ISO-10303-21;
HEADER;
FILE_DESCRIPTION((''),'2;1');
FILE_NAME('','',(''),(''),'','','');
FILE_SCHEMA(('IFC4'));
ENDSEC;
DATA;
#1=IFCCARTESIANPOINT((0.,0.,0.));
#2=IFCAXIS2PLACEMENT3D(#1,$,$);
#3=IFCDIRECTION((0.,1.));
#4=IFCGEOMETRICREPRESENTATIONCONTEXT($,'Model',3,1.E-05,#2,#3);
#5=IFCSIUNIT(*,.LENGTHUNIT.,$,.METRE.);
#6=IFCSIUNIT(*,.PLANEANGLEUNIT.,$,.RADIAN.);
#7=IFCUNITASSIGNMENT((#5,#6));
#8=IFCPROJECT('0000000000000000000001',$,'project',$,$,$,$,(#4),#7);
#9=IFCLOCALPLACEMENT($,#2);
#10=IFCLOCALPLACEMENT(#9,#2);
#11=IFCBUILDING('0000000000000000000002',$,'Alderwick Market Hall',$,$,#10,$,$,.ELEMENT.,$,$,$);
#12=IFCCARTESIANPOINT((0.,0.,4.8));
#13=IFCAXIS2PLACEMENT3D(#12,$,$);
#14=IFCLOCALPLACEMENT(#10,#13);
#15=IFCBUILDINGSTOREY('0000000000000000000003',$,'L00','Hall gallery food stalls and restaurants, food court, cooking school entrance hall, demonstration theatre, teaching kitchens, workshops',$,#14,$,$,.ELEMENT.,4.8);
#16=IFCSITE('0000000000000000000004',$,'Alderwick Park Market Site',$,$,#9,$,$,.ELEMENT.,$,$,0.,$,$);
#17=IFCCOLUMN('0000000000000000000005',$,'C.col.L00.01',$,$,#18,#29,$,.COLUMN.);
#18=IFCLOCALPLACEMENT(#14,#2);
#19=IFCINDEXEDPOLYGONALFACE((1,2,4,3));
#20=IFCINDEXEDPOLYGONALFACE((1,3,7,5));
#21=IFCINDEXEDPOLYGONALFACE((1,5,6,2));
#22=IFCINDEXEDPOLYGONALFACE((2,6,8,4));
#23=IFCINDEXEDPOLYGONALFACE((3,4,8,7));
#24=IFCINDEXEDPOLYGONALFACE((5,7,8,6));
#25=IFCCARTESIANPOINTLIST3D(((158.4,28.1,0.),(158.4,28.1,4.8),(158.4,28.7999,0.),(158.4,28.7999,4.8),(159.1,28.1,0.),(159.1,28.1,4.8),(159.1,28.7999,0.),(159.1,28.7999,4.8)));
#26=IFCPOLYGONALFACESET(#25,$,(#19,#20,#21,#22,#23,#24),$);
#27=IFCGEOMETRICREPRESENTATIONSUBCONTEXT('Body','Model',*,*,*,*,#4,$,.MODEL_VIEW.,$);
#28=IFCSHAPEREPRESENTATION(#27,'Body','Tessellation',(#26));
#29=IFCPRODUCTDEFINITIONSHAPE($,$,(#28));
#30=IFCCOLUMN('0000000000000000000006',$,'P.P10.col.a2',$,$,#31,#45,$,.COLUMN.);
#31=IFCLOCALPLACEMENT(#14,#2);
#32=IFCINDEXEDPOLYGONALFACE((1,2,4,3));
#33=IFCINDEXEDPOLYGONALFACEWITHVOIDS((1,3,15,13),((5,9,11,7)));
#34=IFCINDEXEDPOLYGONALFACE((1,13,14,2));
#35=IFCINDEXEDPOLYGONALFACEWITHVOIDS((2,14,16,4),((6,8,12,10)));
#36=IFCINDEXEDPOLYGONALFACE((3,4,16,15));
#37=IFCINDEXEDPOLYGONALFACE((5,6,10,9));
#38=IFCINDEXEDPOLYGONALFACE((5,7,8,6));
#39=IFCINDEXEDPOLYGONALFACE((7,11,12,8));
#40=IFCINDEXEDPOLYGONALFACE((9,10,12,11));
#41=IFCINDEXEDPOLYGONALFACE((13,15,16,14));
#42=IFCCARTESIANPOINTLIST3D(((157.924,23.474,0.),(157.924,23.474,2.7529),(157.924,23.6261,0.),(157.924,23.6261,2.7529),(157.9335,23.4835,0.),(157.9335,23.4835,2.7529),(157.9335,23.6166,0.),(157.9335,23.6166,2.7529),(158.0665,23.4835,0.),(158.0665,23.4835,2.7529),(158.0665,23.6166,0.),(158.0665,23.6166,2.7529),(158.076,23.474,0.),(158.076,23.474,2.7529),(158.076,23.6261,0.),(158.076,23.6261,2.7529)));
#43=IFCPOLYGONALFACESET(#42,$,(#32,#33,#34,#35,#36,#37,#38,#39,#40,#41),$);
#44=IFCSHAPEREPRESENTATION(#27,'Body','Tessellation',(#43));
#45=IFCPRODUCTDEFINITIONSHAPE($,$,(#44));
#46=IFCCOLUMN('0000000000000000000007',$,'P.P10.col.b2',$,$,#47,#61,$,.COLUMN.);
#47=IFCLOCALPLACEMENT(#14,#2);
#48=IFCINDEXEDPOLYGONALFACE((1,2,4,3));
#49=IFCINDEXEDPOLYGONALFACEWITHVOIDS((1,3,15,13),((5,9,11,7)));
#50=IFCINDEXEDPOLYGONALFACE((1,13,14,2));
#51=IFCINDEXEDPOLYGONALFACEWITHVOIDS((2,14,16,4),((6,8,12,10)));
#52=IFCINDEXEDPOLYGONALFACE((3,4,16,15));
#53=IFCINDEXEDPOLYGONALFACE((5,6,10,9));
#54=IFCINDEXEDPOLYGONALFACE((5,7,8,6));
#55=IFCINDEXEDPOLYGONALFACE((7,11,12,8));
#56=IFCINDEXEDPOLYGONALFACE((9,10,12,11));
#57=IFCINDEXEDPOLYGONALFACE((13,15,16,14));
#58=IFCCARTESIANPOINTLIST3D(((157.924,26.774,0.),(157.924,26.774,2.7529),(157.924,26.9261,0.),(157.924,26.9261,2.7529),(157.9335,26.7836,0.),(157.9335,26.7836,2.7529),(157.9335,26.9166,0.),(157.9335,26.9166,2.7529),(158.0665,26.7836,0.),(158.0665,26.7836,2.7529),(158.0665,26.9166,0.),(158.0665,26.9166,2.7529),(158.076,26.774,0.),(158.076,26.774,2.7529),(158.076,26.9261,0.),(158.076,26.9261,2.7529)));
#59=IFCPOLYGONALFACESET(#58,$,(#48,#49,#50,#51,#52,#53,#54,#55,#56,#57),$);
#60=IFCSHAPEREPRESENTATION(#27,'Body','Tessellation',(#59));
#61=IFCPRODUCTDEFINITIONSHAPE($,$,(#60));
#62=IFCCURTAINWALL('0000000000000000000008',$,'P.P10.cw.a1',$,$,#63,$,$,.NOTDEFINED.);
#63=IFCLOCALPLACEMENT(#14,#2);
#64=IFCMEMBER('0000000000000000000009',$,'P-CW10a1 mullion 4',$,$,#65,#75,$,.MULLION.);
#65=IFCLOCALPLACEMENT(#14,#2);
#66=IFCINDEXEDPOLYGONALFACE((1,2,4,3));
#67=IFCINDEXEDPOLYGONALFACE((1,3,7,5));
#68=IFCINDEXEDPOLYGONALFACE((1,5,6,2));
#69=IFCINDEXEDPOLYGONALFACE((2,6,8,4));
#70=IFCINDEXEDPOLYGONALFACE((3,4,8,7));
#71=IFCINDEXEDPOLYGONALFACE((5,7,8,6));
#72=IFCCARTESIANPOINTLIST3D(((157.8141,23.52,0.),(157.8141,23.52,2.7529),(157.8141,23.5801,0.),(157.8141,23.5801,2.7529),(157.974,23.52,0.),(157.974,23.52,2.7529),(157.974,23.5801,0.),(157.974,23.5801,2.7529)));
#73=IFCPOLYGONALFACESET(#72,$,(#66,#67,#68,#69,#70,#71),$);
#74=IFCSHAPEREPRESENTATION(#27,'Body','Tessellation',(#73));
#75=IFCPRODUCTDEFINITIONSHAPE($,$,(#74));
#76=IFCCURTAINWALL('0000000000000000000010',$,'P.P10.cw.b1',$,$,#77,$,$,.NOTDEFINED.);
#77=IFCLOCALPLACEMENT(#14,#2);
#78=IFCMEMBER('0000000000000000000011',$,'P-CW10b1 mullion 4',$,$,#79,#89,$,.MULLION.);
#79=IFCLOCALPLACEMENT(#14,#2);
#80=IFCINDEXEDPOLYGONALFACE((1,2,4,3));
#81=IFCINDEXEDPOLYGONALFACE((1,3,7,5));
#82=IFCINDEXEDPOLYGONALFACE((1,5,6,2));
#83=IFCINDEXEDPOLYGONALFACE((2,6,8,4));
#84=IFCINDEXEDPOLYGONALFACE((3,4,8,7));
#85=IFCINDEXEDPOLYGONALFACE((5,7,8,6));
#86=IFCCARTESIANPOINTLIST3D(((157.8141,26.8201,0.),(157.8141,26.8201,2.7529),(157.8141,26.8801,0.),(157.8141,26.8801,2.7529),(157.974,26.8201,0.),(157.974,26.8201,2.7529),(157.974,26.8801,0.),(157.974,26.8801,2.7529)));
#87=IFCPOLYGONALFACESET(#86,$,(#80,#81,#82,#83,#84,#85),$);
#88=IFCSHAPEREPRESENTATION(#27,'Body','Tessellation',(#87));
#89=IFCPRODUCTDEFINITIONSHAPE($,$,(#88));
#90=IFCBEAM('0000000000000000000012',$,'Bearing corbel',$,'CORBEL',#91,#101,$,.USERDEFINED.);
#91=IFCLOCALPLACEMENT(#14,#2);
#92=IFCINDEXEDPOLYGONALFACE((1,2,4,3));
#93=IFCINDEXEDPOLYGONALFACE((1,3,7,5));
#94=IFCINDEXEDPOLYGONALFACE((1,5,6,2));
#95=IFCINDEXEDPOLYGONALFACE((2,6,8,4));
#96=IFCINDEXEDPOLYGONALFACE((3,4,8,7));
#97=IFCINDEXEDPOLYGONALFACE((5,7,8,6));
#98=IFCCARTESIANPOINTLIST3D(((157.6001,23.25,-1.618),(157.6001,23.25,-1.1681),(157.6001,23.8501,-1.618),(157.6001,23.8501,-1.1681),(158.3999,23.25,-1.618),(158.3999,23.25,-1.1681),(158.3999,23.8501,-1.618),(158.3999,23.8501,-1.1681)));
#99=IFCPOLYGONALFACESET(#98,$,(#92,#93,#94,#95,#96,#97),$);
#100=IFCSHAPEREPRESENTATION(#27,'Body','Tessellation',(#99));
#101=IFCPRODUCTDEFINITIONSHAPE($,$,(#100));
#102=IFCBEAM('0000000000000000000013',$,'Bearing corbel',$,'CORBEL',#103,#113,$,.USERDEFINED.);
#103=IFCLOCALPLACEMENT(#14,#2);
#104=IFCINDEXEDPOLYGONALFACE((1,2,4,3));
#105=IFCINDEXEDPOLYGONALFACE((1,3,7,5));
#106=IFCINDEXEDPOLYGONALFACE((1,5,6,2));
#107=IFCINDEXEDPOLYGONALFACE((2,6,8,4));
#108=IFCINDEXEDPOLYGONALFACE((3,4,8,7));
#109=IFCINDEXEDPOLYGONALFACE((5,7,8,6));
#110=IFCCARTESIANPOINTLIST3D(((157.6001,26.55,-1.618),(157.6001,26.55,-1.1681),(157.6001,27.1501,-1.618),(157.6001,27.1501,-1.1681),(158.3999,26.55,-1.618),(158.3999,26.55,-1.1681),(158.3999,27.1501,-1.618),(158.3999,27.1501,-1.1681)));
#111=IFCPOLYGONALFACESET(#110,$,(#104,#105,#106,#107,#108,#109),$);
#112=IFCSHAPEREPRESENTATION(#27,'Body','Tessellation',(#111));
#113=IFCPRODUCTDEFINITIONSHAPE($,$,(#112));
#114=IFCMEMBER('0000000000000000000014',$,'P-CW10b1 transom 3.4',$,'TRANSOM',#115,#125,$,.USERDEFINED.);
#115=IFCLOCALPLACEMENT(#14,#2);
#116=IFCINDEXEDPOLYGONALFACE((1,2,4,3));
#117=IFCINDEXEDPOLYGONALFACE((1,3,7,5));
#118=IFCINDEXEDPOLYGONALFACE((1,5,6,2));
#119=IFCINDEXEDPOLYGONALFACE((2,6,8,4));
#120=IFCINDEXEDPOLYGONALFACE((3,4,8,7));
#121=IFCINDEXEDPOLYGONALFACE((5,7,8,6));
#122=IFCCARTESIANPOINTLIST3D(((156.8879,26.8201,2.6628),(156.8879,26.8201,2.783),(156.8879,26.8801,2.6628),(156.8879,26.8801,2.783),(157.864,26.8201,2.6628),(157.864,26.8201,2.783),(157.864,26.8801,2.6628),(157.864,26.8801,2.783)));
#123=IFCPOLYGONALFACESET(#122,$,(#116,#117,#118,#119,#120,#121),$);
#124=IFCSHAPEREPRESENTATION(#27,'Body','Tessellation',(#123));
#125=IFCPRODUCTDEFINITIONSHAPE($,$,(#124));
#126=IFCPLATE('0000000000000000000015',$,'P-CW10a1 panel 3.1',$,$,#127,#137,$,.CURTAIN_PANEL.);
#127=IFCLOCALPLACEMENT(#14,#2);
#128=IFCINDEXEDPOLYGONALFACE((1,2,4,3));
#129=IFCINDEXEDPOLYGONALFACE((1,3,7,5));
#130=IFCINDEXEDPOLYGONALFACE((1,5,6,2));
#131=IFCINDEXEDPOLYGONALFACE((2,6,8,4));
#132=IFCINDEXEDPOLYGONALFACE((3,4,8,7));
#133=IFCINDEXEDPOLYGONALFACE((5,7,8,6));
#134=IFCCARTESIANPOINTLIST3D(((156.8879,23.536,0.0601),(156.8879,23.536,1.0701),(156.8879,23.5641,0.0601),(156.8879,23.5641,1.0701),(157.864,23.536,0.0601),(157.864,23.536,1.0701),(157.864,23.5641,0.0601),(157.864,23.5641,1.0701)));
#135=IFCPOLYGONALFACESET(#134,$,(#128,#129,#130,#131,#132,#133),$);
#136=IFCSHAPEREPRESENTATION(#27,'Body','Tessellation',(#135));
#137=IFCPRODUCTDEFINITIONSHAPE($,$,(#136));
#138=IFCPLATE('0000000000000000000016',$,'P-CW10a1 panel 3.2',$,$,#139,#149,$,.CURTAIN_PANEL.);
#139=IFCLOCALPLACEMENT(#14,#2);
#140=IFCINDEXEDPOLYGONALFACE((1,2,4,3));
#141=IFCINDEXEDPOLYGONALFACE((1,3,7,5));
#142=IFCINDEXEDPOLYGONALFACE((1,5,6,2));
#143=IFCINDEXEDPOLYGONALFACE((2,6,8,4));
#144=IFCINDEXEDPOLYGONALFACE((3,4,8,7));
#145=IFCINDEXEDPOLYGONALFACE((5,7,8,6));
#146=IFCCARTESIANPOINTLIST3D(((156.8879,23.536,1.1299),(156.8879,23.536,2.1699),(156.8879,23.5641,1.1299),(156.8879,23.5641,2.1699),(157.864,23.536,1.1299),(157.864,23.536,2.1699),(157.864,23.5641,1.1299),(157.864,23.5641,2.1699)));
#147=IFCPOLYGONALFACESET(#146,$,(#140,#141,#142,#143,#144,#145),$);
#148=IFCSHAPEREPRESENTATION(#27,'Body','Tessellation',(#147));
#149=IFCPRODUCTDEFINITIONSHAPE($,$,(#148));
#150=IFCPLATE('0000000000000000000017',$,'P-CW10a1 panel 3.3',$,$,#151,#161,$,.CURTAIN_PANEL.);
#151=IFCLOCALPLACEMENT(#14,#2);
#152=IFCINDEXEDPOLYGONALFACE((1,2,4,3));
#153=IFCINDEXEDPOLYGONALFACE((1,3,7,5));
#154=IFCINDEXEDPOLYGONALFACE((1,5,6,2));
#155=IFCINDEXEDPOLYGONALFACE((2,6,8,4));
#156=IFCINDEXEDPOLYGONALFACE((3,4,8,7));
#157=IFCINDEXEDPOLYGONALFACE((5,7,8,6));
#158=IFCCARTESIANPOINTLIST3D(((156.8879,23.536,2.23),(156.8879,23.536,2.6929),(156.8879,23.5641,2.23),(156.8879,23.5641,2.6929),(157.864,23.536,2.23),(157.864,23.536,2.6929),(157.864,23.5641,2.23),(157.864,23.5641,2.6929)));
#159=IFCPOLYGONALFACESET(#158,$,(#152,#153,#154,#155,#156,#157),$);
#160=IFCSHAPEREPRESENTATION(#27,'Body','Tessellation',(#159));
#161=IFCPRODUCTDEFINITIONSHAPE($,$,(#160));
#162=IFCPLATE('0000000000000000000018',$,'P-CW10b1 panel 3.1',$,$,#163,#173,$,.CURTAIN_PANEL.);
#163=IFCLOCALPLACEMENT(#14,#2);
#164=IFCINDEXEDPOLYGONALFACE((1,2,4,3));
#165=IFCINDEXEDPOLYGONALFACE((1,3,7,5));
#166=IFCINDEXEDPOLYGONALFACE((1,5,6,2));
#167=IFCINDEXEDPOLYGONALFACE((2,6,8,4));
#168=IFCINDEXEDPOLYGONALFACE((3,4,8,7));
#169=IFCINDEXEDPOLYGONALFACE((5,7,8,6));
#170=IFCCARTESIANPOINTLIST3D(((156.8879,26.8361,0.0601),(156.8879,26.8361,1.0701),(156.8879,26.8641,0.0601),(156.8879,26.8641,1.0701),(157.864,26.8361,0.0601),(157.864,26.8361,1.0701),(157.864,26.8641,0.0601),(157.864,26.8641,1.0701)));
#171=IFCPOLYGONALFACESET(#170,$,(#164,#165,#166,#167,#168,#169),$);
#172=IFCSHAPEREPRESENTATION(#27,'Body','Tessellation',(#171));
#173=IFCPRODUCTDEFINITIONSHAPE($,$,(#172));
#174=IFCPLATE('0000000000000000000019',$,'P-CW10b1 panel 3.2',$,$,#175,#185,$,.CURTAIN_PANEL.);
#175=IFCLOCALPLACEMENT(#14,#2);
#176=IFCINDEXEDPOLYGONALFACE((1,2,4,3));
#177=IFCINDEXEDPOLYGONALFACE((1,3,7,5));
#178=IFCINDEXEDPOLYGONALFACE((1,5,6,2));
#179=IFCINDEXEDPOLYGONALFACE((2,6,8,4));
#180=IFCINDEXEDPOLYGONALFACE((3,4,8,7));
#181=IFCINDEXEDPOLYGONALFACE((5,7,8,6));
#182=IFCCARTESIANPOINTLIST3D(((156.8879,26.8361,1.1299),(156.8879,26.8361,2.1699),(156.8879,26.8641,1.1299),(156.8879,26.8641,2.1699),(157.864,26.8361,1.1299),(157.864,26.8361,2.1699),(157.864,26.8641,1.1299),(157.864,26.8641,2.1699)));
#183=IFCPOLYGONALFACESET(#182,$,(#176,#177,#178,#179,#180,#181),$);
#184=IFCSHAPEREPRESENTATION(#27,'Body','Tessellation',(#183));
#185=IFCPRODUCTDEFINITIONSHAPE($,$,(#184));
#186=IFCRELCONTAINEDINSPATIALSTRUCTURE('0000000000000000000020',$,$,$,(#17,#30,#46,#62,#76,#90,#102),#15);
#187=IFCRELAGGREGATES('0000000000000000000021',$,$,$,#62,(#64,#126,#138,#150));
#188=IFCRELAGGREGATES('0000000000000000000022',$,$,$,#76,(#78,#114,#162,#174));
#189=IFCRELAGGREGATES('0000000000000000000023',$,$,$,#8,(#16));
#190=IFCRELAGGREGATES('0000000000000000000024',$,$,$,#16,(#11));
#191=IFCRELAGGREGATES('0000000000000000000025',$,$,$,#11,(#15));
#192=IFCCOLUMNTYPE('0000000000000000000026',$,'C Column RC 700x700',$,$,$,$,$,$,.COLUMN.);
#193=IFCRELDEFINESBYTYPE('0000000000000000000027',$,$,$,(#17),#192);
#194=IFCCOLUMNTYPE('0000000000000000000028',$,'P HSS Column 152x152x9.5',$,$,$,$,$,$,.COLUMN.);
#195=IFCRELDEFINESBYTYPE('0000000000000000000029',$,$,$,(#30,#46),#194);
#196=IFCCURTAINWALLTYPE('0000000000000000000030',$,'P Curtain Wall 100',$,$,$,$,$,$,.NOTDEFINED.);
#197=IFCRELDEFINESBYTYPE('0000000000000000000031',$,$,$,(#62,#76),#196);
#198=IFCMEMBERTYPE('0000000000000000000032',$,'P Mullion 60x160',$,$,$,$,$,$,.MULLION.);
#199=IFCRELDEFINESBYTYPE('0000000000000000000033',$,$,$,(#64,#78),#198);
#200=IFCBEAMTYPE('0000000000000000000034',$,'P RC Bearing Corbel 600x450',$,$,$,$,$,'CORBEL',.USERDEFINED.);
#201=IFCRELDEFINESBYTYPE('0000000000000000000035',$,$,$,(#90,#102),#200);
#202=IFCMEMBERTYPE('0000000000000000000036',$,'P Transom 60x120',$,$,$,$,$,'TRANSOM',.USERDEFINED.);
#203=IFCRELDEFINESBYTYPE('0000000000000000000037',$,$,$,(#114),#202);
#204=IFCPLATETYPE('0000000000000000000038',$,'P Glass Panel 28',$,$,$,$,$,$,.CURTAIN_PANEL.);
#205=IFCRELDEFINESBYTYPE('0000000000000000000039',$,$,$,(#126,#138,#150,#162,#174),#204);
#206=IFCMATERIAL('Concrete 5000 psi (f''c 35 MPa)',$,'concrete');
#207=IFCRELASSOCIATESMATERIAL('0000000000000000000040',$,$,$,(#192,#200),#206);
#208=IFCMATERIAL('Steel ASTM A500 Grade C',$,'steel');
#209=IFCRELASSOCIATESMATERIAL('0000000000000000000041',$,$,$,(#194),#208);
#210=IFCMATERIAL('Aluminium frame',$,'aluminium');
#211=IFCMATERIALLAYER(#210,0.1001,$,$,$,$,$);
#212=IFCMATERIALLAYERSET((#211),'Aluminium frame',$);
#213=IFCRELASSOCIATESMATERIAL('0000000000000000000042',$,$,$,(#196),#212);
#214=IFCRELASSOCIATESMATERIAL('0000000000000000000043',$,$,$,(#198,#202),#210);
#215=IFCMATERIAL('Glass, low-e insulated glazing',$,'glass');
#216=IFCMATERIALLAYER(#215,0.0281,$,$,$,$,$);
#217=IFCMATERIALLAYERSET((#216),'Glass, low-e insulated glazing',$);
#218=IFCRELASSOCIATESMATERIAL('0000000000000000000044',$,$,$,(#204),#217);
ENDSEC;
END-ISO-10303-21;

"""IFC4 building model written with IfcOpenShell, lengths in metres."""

from ifc_helpers import new_model, si_unit, direction, frame, origin, origin_2d, place, context, subcontext, project, spatial, rectangle, hollow_rectangle, extrude, material, layer, layer_set, material_profile, profile_set, type_object, element, aggregate, save


model = new_model("IFC4")

# Units and contexts
model_context = context("Model", 3, precision=1e-05, world=origin(), true_north=direction((0.0, 1.0)))
body_context = subcontext(model_context, "Body", "Model", "MODEL_VIEW")
ifc_project = project(units=[si_unit("LENGTHUNIT", "METRE"), si_unit("PLANEANGLEUNIT", "RADIAN")], contexts=[model_context])

# Site, building, storey
site_placement = place(None, origin())
site = spatial("IfcSite", under=ifc_project, at=site_placement, Name="Alderwick Park Market Site", CompositionType="ELEMENT", RefElevation=0.0)
building_placement = place(site_placement, origin())
building = spatial("IfcBuilding", under=site, at=building_placement, Name="Alderwick Market Hall", CompositionType="ELEMENT")
storey_placement = place(building_placement, frame((0.0, 0.0, 4.8)))
storey = spatial("IfcBuildingStorey", under=building, at=storey_placement, Name="L00", Description="Hall gallery food stalls and restaurants, food court, cooking school entrance hall, demonstration theatre, teaching kitchens, workshops", CompositionType="ELEMENT", Elevation=4.8)

# Columns
ifc_material_1 = material(Name="Concrete 5000 psi (f'c 35 MPa)", Category="concrete")
ifc_material_profile_1 = material_profile(ifc_material_1, rectangle(XDim=0.7, YDim=0.7, at=origin_2d()), Name="RC 700x700")
ifc_profile_set_1 = profile_set([ifc_material_profile_1], Name="Concrete 5000 psi (f'c 35 MPa)")
column_type_1 = type_object("IfcColumnType", Name="C Column RC 700x700", PredefinedType="COLUMN", material=ifc_profile_set_1)
column_placement = place(storey_placement, frame((158.75, 28.45, 0.0), z_axis=(0.0, 0.0, 1.0), x_axis=(1.0, 0.0, 0.0)))
element("IfcColumn", 1, at=column_placement, inside=storey, type_object=column_type_1, Name="C.col.L00.01", PredefinedType="COLUMN", context=body_context, shape_type="SweptSolid", body=[
    extrude(rectangle(XDim=0.7, YDim=0.7, at=origin_2d()), origin(), (0.0, 0.0, 1.0), 4.8),
])
ifc_material_2 = material(Name="Steel ASTM A500 Grade C", Category="steel")
ifc_material_profile_2 = material_profile(ifc_material_2, hollow_rectangle(XDim=0.1521, YDim=0.1521, WallThickness=0.0095, at=origin_2d()), Name="HSS152x152x9.5")
ifc_profile_set_2 = profile_set([ifc_material_profile_2], Name="Steel ASTM A500 Grade C")
column_type_2 = type_object("IfcColumnType", Name="P HSS Column 152x152x9.5", PredefinedType="COLUMN", material=ifc_profile_set_2)
for number, where, z_axis, x_axis, name in (
    (2, (158.0, 23.55, 0.0), (0.0, 0.0, 1.0), (1.0, 0.0, 0.0), "P.P10.col.a2"),
    (3, (158.0, 26.8501, 0.0), (0.0, 0.0, 1.0), (1.0, 0.0, 0.0), "P.P10.col.b2"),
):
    element("IfcColumn", number, at=place(storey_placement, frame(where, z_axis=z_axis, x_axis=x_axis)), inside=storey, type_object=column_type_2, Name=name, PredefinedType="COLUMN", context=body_context, shape_type="SweptSolid", body=[
        extrude(hollow_rectangle(XDim=0.1521, YDim=0.1521, WallThickness=0.0095, at=origin_2d()), origin(), (0.0, 0.0, 1.0), 2.7529),
    ])

# Curtain walls, members
ifc_material_3 = material(Name="Aluminium frame", Category="aluminium")
ifc_layer_1 = layer(ifc_material_3, 0.1001)
ifc_layer_set_1 = layer_set([ifc_layer_1], Name="Aluminium frame")
curtain_wall_type = type_object("IfcCurtainWallType", Name="P Curtain Wall 100", PredefinedType="NOTDEFINED", material=ifc_layer_set_1)
curtain_wall_1_placement = place(storey_placement, origin())
curtain_wall_1 = element("IfcCurtainWall", 4, at=curtain_wall_1_placement, inside=storey, type_object=curtain_wall_type, Name="P.P10.cw.a1", PredefinedType="NOTDEFINED")
ifc_material_profile_3 = material_profile(ifc_material_3, rectangle(XDim=0.0601, YDim=0.1599, at=origin_2d()), Name="P Mullion 60x160")
ifc_profile_set_3 = profile_set([ifc_material_profile_3], Name="Aluminium frame")
member_type_1 = type_object("IfcMemberType", Name="P Mullion 60x160", PredefinedType="MULLION", material=ifc_profile_set_3)
member_1_placement = place(storey_placement, frame((157.894, 23.55, 0.0), z_axis=(0.0, 0.0, 1.0), x_axis=(0.0, 1.0, 0.0)))
member_1 = element("IfcMember", 5, at=member_1_placement, type_object=member_type_1, Name="P-CW10a1 mullion 4", PredefinedType="MULLION", context=body_context, shape_type="SweptSolid", body=[
    extrude(rectangle(XDim=0.0601, YDim=0.1599, at=origin_2d()), origin(), (0.0, 0.0, 1.0), 2.7529),
])
curtain_wall_2_placement = place(storey_placement, origin())
curtain_wall_2 = element("IfcCurtainWall", 6, at=curtain_wall_2_placement, inside=storey, type_object=curtain_wall_type, Name="P.P10.cw.b1", PredefinedType="NOTDEFINED")
member_2_placement = place(storey_placement, frame((157.894, 26.8501, 0.0), z_axis=(0.0, 0.0, 1.0), x_axis=(0.0, 1.0, 0.0)))
member_2 = element("IfcMember", 7, at=member_2_placement, type_object=member_type_1, Name="P-CW10b1 mullion 4", PredefinedType="MULLION", context=body_context, shape_type="SweptSolid", body=[
    extrude(rectangle(XDim=0.0601, YDim=0.1599, at=origin_2d()), origin(), (0.0, 0.0, 1.0), 2.7529),
])

# Beams
ifc_material_profile_4 = material_profile(ifc_material_1, rectangle(XDim=0.6001, YDim=0.45, at=origin_2d()), Name="P RC Bearing Corbel 600x450")
ifc_profile_set_4 = profile_set([ifc_material_profile_4], Name="Concrete 5000 psi (f'c 35 MPa)")
beam_type = type_object("IfcBeamType", Name="P RC Bearing Corbel 600x450", ElementType="CORBEL", PredefinedType="USERDEFINED", material=ifc_profile_set_4)
for number, where, z_axis, x_axis, name in (
    (8, (157.6001, 23.55, -1.3931), (1.0, 0.0, 0.0), (0.0, 1.0, 0.0), "Bearing corbel"),
    (9, (157.6001, 26.8501, -1.3931), (1.0, 0.0, 0.0), (0.0, 1.0, 0.0), "Bearing corbel"),
):
    element("IfcBeam", number, at=place(storey_placement, frame(where, z_axis=z_axis, x_axis=x_axis)), inside=storey, type_object=beam_type, Name=name, ObjectType="CORBEL", PredefinedType="USERDEFINED", context=body_context, shape_type="SweptSolid", body=[
        extrude(rectangle(XDim=0.6001, YDim=0.45, at=origin_2d()), origin(), (0.0, 0.0, 1.0), 0.7998),
    ])

# Member
ifc_material_profile_5 = material_profile(ifc_material_3, rectangle(XDim=0.0601, YDim=0.1201, at=origin_2d()), Name="P Transom 60x120")
ifc_profile_set_5 = profile_set([ifc_material_profile_5], Name="Aluminium frame")
member_type_2 = type_object("IfcMemberType", Name="P Transom 60x120", ElementType="TRANSOM", PredefinedType="USERDEFINED", material=ifc_profile_set_5)
member_3_placement = place(storey_placement, frame((156.8879, 26.8501, 2.7229), z_axis=(1.0, 0.0, 0.0), x_axis=(0.0, 1.0, 0.0)))
member_3 = element("IfcMember", 10, at=member_3_placement, type_object=member_type_2, Name="P-CW10b1 transom 3.4", ObjectType="TRANSOM", PredefinedType="USERDEFINED", context=body_context, shape_type="SweptSolid", body=[
    extrude(rectangle(XDim=0.0601, YDim=0.1201, at=origin_2d()), origin(), (0.0, 0.0, 1.0), 0.9761),
])

# Plates
ifc_material_4 = material(Name="Glass, low-e insulated glazing", Category="glass")
ifc_layer_2 = layer(ifc_material_4, 0.0281)
ifc_layer_set_2 = layer_set([ifc_layer_2], Name="Glass, low-e insulated glazing")
plate_type_1 = type_object("IfcPlateType", Name="P Glass Panel 28", PredefinedType="CURTAIN_PANEL", material=ifc_layer_set_2)
plate_1_placement = place(storey_placement, frame((157.376, 23.55, 0.0601), z_axis=(0.0, 0.0, 1.0), x_axis=(1.0, 0.0, 0.0)))
plate_1 = element("IfcPlate", 11, at=plate_1_placement, type_object=plate_type_1, Name="P-CW10a1 panel 3.1", PredefinedType="CURTAIN_PANEL", context=body_context, shape_type="SweptSolid", body=[
    extrude(rectangle(XDim=0.9761, YDim=0.0281, at=origin_2d()), origin(), (0.0, 0.0, 1.0), 1.01),
])
plate_2_placement = place(storey_placement, frame((157.376, 23.55, 1.1299), z_axis=(0.0, 0.0, 1.0), x_axis=(1.0, 0.0, 0.0)))
plate_2 = element("IfcPlate", 12, at=plate_2_placement, type_object=plate_type_1, Name="P-CW10a1 panel 3.2", PredefinedType="CURTAIN_PANEL", context=body_context, shape_type="SweptSolid", body=[
    extrude(rectangle(XDim=0.9761, YDim=0.0281, at=origin_2d()), origin(), (0.0, 0.0, 1.0), 1.04),
])
plate_3_placement = place(storey_placement, frame((157.376, 23.55, 2.23), z_axis=(0.0, 0.0, 1.0), x_axis=(1.0, 0.0, 0.0)))
plate_3 = element("IfcPlate", 13, at=plate_3_placement, type_object=plate_type_1, Name="P-CW10a1 panel 3.3", PredefinedType="CURTAIN_PANEL", context=body_context, shape_type="SweptSolid", body=[
    extrude(rectangle(XDim=0.9761, YDim=0.0281, at=origin_2d()), origin(), (0.0, 0.0, 1.0), 0.4629),
])
aggregate(curtain_wall_1, [member_1, plate_1, plate_2, plate_3])
plate_4_placement = place(storey_placement, frame((157.376, 26.8501, 0.0601), z_axis=(0.0, 0.0, 1.0), x_axis=(1.0, 0.0, 0.0)))
plate_4 = element("IfcPlate", 14, at=plate_4_placement, type_object=plate_type_1, Name="P-CW10b1 panel 3.1", PredefinedType="CURTAIN_PANEL", context=body_context, shape_type="SweptSolid", body=[
    extrude(rectangle(XDim=0.9761, YDim=0.0281, at=origin_2d()), origin(), (0.0, 0.0, 1.0), 1.01),
])
plate_5_placement = place(storey_placement, frame((157.376, 26.8501, 1.1299), z_axis=(0.0, 0.0, 1.0), x_axis=(1.0, 0.0, 0.0)))
plate_5 = element("IfcPlate", 15, at=plate_5_placement, type_object=plate_type_1, Name="P-CW10b1 panel 3.2", PredefinedType="CURTAIN_PANEL", context=body_context, shape_type="SweptSolid", body=[
    extrude(rectangle(XDim=0.9761, YDim=0.0281, at=origin_2d()), origin(), (0.0, 0.0, 1.0), 1.04),
])
aggregate(curtain_wall_2, [member_2, member_3, plate_4, plate_5])

save(model, "model.ifc")
